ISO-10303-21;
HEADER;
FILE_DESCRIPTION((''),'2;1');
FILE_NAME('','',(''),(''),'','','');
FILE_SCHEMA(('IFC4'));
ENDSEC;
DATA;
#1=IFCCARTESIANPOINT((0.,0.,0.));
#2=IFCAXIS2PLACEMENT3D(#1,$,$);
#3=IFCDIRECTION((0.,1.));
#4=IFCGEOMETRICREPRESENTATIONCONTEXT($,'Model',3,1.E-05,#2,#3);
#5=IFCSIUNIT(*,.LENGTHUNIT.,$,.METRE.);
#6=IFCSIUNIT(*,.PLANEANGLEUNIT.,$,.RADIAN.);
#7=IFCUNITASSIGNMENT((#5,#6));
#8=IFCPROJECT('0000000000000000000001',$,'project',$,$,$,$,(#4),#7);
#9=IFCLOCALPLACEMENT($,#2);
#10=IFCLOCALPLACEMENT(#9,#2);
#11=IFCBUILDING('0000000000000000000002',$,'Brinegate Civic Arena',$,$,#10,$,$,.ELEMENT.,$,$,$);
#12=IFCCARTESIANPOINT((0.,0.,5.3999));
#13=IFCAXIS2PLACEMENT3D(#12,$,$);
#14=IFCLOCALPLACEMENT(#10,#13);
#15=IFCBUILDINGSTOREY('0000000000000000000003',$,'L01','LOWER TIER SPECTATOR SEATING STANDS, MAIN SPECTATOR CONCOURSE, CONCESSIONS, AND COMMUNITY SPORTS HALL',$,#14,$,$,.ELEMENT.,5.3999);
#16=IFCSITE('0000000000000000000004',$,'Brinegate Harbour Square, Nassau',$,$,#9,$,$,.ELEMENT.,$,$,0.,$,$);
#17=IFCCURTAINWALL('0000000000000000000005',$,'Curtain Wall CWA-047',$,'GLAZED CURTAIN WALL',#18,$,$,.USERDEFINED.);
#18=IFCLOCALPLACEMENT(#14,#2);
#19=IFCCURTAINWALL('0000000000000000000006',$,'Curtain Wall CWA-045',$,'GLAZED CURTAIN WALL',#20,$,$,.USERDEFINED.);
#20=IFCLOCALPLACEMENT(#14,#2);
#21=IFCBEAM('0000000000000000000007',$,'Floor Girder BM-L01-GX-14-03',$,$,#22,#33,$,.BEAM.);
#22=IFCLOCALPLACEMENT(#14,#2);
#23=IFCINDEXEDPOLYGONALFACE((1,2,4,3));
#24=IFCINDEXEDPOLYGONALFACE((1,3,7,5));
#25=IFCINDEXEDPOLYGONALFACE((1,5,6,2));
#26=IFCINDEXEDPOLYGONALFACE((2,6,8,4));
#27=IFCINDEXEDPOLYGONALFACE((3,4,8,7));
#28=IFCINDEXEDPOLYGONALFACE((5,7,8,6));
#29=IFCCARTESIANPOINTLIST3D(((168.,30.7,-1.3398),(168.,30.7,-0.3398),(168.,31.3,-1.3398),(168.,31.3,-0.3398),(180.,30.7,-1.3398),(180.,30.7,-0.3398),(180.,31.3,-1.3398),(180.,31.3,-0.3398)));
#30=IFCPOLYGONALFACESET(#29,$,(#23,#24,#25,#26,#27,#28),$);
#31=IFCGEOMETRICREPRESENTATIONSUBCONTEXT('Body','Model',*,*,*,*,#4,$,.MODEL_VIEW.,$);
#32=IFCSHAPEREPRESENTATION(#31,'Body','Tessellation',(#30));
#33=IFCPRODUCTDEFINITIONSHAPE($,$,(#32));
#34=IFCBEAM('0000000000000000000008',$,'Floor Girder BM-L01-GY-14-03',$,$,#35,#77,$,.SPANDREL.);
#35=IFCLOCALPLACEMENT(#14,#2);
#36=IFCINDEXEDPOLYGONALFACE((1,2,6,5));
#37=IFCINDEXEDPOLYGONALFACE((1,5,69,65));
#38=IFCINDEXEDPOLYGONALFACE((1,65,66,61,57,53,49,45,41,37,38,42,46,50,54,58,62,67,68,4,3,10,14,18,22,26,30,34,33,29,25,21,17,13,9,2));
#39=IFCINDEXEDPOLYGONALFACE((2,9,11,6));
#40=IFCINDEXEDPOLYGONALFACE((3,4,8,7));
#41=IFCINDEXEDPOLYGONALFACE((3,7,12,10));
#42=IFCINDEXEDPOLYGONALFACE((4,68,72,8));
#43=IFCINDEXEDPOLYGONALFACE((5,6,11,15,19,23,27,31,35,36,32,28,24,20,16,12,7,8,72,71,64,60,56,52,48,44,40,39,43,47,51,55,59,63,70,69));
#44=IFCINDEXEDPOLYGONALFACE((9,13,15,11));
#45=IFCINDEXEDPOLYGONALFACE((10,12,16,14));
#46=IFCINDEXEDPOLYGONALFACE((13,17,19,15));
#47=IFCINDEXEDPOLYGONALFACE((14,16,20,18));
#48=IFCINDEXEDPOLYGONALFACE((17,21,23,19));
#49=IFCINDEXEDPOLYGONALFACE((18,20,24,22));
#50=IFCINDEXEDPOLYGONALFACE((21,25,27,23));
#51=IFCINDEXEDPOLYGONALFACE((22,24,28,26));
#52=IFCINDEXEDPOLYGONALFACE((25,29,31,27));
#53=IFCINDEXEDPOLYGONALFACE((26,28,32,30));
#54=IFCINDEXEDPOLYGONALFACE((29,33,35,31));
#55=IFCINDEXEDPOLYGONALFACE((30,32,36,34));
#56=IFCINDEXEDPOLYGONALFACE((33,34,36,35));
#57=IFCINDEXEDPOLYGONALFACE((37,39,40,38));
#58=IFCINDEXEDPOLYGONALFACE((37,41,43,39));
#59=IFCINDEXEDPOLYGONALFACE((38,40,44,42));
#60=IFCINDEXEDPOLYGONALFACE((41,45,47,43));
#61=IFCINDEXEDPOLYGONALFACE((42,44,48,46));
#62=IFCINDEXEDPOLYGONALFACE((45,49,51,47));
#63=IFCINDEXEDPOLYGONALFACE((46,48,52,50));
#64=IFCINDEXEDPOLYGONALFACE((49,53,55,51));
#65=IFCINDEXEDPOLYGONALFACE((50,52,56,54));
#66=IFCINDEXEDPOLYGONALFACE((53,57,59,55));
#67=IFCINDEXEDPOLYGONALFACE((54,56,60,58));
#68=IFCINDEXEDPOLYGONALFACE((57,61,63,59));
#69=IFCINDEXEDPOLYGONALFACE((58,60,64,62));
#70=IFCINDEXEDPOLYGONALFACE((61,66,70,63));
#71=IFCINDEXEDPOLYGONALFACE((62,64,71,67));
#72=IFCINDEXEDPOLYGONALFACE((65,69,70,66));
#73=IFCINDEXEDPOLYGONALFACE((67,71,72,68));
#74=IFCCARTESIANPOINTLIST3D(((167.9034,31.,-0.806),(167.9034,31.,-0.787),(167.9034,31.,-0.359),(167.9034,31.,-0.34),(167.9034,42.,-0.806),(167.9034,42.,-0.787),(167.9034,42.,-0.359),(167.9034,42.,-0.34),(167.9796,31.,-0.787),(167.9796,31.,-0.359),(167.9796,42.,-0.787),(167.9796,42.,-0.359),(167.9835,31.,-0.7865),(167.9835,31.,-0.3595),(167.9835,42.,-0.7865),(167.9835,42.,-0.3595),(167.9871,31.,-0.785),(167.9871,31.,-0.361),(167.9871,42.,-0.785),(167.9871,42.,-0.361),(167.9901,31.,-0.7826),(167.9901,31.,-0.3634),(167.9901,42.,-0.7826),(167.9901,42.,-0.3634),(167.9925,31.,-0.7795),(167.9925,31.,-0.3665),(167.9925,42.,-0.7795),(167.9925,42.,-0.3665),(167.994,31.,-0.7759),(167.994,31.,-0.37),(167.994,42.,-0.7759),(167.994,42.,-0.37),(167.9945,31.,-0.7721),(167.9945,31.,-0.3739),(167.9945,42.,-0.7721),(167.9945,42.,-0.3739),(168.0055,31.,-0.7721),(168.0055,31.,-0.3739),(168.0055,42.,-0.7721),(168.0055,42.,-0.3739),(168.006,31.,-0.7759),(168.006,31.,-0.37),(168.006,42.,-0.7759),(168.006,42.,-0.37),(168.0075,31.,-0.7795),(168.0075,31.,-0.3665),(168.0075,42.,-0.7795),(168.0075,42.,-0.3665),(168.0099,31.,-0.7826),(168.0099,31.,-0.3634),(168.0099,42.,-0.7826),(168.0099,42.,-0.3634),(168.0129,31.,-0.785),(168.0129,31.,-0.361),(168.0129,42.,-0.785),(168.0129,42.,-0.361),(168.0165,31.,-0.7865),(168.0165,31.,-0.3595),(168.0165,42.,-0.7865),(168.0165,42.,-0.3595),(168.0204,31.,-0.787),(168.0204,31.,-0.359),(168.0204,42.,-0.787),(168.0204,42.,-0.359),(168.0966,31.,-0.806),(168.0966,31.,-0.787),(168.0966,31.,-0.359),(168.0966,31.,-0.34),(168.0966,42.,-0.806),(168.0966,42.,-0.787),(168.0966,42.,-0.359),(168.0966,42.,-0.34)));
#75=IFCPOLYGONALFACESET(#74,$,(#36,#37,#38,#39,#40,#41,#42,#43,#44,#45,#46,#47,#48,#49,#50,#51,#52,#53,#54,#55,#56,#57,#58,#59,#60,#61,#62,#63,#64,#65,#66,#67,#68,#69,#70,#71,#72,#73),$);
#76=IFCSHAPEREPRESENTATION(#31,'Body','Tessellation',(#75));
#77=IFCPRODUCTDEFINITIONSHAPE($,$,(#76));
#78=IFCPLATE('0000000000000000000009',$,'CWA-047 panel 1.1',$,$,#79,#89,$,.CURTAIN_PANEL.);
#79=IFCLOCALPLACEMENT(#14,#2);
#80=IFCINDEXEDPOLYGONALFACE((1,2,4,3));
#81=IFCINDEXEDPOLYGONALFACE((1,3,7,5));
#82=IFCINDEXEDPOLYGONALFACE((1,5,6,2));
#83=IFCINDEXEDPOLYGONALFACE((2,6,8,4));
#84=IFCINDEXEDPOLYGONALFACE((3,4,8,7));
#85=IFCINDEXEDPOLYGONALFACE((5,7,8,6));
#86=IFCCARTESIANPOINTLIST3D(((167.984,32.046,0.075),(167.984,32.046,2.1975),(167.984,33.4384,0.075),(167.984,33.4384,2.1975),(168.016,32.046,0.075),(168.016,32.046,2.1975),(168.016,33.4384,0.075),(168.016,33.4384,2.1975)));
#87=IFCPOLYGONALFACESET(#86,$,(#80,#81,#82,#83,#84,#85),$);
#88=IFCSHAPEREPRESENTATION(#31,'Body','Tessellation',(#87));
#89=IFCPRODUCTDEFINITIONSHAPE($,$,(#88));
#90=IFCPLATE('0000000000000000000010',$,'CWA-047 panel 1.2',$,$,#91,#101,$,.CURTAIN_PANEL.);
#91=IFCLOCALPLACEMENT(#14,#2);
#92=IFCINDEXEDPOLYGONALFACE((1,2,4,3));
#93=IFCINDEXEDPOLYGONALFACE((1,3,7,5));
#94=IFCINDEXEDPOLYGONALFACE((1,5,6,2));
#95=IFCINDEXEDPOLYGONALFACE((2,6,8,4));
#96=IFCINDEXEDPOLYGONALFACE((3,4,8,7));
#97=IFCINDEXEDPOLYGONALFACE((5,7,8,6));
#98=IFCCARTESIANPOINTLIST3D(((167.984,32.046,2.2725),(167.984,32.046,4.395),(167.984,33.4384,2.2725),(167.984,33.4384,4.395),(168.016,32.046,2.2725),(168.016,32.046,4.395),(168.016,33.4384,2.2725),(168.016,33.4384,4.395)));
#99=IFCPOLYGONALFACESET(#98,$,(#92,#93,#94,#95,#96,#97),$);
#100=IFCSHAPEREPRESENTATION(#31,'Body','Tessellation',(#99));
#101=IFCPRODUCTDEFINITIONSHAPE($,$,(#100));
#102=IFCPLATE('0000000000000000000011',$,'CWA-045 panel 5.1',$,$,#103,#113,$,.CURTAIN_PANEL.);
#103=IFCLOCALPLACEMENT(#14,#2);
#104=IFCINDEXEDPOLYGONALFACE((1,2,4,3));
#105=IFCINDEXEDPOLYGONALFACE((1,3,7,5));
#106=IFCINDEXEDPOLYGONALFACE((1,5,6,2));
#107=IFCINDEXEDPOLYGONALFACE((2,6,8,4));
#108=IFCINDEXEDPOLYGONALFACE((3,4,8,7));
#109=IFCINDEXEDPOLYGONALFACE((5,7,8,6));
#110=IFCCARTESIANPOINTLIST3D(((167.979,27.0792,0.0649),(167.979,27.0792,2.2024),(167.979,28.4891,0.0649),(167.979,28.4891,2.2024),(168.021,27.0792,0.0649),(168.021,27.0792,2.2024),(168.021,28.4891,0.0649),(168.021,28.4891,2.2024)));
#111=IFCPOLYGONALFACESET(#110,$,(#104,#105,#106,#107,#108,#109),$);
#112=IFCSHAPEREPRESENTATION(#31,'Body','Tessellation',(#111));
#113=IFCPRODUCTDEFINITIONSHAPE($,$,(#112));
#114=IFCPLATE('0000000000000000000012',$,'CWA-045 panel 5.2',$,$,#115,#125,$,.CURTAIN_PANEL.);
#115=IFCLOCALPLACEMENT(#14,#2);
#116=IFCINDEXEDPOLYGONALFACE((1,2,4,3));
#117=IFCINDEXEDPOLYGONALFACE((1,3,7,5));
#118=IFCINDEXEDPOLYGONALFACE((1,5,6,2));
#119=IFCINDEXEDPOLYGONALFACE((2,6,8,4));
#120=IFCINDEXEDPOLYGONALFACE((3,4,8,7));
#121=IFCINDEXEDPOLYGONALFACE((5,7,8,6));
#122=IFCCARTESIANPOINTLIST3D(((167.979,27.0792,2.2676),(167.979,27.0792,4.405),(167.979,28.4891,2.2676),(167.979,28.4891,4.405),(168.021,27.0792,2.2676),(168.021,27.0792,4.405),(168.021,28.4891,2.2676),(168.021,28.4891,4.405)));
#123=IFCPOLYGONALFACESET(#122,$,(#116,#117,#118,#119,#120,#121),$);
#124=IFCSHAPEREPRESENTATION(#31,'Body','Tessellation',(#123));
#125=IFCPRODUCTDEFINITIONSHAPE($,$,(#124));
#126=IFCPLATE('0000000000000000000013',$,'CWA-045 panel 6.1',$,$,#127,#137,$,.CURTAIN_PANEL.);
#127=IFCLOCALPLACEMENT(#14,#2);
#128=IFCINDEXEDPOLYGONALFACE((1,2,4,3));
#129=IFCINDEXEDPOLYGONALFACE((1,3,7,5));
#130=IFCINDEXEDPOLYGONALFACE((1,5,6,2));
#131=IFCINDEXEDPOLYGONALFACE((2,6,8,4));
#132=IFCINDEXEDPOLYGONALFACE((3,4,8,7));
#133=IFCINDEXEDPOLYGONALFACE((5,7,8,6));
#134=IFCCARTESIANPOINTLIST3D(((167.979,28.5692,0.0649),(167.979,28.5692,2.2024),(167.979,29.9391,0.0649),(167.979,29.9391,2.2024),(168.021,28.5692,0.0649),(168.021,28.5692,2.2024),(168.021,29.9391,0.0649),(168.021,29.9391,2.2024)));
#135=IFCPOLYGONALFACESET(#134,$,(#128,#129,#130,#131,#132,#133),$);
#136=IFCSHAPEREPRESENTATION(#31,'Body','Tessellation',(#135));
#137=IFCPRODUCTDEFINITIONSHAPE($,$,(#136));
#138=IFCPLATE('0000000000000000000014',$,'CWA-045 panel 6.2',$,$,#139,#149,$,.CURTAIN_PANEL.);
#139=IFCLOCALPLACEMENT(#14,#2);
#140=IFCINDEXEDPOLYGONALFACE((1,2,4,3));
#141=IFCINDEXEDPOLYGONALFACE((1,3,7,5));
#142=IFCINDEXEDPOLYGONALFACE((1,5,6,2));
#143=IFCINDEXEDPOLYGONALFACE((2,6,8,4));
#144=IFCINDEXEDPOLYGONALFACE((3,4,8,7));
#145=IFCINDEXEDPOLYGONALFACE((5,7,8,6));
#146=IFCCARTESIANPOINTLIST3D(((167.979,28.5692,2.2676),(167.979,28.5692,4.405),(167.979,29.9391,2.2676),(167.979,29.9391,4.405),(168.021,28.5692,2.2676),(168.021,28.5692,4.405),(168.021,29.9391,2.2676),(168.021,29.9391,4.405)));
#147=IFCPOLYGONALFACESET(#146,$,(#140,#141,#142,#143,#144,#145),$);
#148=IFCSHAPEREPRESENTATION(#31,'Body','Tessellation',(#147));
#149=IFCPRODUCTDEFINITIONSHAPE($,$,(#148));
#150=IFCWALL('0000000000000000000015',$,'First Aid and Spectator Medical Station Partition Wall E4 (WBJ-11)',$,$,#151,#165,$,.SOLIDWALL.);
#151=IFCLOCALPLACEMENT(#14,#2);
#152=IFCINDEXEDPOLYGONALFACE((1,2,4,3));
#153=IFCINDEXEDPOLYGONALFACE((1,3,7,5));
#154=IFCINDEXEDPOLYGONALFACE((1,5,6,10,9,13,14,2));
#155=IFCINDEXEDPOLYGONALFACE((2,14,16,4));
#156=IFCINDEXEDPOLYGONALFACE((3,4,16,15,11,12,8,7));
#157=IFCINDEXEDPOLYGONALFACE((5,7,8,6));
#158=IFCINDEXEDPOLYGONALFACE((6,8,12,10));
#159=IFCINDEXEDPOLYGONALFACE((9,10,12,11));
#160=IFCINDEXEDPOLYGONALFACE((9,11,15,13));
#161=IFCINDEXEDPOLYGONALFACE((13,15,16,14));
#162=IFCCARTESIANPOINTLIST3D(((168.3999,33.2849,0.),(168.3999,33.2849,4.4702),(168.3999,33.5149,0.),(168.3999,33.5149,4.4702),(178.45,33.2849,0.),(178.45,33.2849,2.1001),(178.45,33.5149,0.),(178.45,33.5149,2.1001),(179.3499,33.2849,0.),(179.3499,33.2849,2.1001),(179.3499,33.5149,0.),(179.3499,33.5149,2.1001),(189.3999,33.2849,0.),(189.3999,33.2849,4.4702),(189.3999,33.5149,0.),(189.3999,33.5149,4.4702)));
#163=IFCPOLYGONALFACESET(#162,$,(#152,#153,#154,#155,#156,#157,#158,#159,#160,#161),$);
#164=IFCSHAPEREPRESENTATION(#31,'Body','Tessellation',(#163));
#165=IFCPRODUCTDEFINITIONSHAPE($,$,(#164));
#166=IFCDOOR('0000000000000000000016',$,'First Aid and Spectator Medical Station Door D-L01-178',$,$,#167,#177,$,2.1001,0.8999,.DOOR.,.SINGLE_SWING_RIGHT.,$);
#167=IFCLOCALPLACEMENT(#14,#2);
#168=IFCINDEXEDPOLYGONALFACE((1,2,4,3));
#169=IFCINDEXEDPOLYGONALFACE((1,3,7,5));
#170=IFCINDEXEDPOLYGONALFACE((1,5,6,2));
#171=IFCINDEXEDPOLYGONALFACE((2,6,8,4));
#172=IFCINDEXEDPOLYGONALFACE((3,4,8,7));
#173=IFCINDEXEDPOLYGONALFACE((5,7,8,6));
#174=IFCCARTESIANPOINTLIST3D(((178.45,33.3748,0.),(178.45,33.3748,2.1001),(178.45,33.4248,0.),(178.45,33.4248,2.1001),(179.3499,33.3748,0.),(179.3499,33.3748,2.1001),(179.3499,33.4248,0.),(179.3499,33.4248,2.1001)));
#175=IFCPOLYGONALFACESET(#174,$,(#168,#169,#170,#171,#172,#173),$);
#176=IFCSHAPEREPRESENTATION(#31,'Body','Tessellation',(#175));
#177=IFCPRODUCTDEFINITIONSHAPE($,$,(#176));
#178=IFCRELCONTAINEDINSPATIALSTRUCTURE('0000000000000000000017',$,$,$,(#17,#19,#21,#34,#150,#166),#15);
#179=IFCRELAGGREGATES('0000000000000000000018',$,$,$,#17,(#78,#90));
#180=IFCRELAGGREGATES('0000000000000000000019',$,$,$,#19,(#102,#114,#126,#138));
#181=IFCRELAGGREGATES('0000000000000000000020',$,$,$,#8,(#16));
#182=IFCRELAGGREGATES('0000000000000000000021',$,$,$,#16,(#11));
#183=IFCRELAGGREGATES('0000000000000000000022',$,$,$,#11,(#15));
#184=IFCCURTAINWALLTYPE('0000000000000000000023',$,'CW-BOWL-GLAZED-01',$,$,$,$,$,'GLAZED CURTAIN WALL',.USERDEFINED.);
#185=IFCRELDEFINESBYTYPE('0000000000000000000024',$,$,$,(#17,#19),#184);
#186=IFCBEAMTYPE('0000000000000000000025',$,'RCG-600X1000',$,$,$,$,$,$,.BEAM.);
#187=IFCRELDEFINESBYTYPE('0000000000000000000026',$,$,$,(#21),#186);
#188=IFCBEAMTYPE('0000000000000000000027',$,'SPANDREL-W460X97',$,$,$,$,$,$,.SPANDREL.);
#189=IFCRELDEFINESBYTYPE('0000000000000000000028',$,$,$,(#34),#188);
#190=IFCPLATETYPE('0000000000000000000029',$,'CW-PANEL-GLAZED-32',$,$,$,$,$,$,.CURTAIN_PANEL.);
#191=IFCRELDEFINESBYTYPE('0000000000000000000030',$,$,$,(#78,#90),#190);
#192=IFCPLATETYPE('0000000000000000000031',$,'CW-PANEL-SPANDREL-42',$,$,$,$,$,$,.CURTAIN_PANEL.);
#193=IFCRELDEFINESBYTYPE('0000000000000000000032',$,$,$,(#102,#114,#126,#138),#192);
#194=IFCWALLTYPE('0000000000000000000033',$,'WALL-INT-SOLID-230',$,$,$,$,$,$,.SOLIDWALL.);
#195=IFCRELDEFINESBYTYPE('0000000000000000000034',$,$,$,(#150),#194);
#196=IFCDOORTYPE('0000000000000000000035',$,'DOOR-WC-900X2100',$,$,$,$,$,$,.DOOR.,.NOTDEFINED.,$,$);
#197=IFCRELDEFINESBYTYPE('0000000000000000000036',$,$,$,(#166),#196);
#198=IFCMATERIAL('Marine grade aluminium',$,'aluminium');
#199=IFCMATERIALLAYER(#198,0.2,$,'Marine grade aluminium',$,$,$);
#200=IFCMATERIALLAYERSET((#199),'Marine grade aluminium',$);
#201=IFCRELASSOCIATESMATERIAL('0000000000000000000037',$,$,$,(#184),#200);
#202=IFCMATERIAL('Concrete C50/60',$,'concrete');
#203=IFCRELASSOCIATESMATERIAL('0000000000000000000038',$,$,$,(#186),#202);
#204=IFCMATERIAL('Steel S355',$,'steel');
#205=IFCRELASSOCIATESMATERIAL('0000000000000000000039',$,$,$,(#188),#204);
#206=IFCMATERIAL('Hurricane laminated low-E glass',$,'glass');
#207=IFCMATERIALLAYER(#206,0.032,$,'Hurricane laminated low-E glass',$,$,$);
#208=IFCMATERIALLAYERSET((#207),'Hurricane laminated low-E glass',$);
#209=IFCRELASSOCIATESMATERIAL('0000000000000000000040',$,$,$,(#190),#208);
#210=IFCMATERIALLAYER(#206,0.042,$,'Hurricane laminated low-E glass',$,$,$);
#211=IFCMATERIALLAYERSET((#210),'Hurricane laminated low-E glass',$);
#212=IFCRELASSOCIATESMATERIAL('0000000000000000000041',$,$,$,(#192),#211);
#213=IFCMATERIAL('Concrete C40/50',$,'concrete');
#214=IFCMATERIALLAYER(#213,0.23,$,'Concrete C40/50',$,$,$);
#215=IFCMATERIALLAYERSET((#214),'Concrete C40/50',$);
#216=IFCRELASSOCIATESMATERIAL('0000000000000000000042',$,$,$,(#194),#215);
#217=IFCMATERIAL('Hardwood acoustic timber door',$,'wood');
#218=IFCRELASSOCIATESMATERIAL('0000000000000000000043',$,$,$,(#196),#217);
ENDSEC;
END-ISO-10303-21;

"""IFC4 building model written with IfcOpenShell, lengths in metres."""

from ifc_helpers import new_model, si_unit, direction, frame, frame_2d, origin, origin_2d, place, context, subcontext, project, spatial, rectangle, i_section, extrude, material, layer, layer_set, material_profile, profile_set, type_object, element, fill, aggregate, save


model = new_model("IFC4")

# Units and contexts
model_context = context("Model", 3, precision=1e-05, world=origin(), true_north=direction((0.0, 1.0)))
body_context = subcontext(model_context, "Body", "Model", "MODEL_VIEW")
ifc_project = project(units=[si_unit("LENGTHUNIT", "METRE"), si_unit("PLANEANGLEUNIT", "RADIAN")], contexts=[model_context])

# Site, building, storey
site_placement = place(None, origin())
site = spatial("IfcSite", under=ifc_project, at=site_placement, Name="Brinegate Harbour Square, Nassau", CompositionType="ELEMENT", RefElevation=0.0)
building_placement = place(site_placement, origin())
building = spatial("IfcBuilding", under=site, at=building_placement, Name="Brinegate Civic Arena", CompositionType="ELEMENT")
storey_placement = place(building_placement, frame((0.0, 0.0, 5.3999)))
storey = spatial("IfcBuildingStorey", under=building, at=storey_placement, Name="L01", Description="LOWER TIER SPECTATOR SEATING STANDS, MAIN SPECTATOR CONCOURSE, CONCESSIONS, AND COMMUNITY SPORTS HALL", CompositionType="ELEMENT", Elevation=5.3999)

# Shared definitions
ifc_material_1 = material(Name="Steel S355", Category="steel")

# Curtain walls
ifc_material_2 = material(Name="Marine grade aluminium", Category="aluminium")
ifc_layer_1 = layer(ifc_material_2, 0.2, Name="Marine grade aluminium")
ifc_layer_set_1 = layer_set([ifc_layer_1], Name="Marine grade aluminium")
curtain_wall_type = type_object("IfcCurtainWallType", Name="CW-BOWL-GLAZED-01", ElementType="GLAZED CURTAIN WALL", PredefinedType="USERDEFINED", material=ifc_layer_set_1)
curtain_wall_1_placement = place(storey_placement, origin())
curtain_wall_1 = element("IfcCurtainWall", 1, at=curtain_wall_1_placement, inside=storey, type_object=curtain_wall_type, Name="Curtain Wall CWA-047", ObjectType="GLAZED CURTAIN WALL", PredefinedType="USERDEFINED")
curtain_wall_2_placement = place(storey_placement, origin())
curtain_wall_2 = element("IfcCurtainWall", 2, at=curtain_wall_2_placement, inside=storey, type_object=curtain_wall_type, Name="Curtain Wall CWA-045", ObjectType="GLAZED CURTAIN WALL", PredefinedType="USERDEFINED")

# Beams
ifc_material_3 = material(Name="Concrete C50/60", Category="concrete")
ifc_material_profile_1 = material_profile(ifc_material_3, rectangle(XDim=0.6001, YDim=1.0, at=origin_2d()), Name="RCB600X1000")
ifc_profile_set_1 = profile_set([ifc_material_profile_1], Name="Concrete C50/60")
beam_type_1 = type_object("IfcBeamType", Name="RCG-600X1000", PredefinedType="BEAM", material=ifc_profile_set_1)
beam_1_placement = place(storey_placement, frame((168.0, 31.0, -0.8398), z_axis=(1.0, 0.0, 0.0), x_axis=(0.0, 1.0, 0.0)))
element("IfcBeam", 3, at=beam_1_placement, inside=storey, type_object=beam_type_1, Name="Floor Girder BM-L01-GX-14-03", PredefinedType="BEAM", context=body_context, shape_type="SweptSolid", body=[
    extrude(rectangle(XDim=0.6001, YDim=1.0, at=origin_2d()), origin(), (0.0, 0.0, 1.0), 12.0),
])
ifc_material_profile_2 = material_profile(ifc_material_1, i_section(OverallWidth=0.1931, OverallDepth=0.4661, WebThickness=0.011, FlangeThickness=0.019, FilletRadius=0.0149, at=origin_2d()), Name="W460X97")
ifc_profile_set_2 = profile_set([ifc_material_profile_2], Name="Steel S355")
beam_type_2 = type_object("IfcBeamType", Name="SPANDREL-W460X97", PredefinedType="SPANDREL", material=ifc_profile_set_2)
beam_2_placement = place(storey_placement, frame((168.0, 31.0, -0.573), z_axis=(0.0, 1.0, 0.0), x_axis=(-1.0, 0.0, 0.0)))
element("IfcBeam", 4, at=beam_2_placement, inside=storey, type_object=beam_type_2, Name="Floor Girder BM-L01-GY-14-03", PredefinedType="SPANDREL", context=body_context, shape_type="SweptSolid", body=[
    extrude(i_section(OverallWidth=0.1931, OverallDepth=0.4661, WebThickness=0.011, FlangeThickness=0.019, FilletRadius=0.0149, at=origin_2d()), origin(), (0.0, 0.0, 1.0), 11.0),
])

# Plates
ifc_material_4 = material(Name="Hurricane laminated low-E glass", Category="glass")
ifc_layer_2 = layer(ifc_material_4, 0.032, Name="Hurricane laminated low-E glass")
ifc_layer_set_2 = layer_set([ifc_layer_2], Name="Hurricane laminated low-E glass")
plate_type_1 = type_object("IfcPlateType", Name="CW-PANEL-GLAZED-32", PredefinedType="CURTAIN_PANEL", material=ifc_layer_set_2)
plate_1_placement = place(storey_placement, frame((168.0, 32.7422, 0.075), z_axis=(0.0, 0.0, 1.0), x_axis=(0.0, 1.0, 0.0)))
plate_1 = element("IfcPlate", 5, at=plate_1_placement, type_object=plate_type_1, Name="CWA-047 panel 1.1", PredefinedType="CURTAIN_PANEL", context=body_context, shape_type="SweptSolid", body=[
    extrude(rectangle(XDim=1.3923, YDim=0.032, at=origin_2d()), origin(), (0.0, 0.0, 1.0), 2.1226),
])
plate_2_placement = place(storey_placement, frame((168.0, 32.7422, 2.2725), z_axis=(0.0, 0.0, 1.0), x_axis=(0.0, 1.0, 0.0)))
plate_2 = element("IfcPlate", 6, at=plate_2_placement, type_object=plate_type_1, Name="CWA-047 panel 1.2", PredefinedType="CURTAIN_PANEL", context=body_context, shape_type="SweptSolid", body=[
    extrude(rectangle(XDim=1.3923, YDim=0.032, at=origin_2d()), origin(), (0.0, 0.0, 1.0), 2.1226),
])
aggregate(curtain_wall_1, [plate_1, plate_2])
ifc_layer_3 = layer(ifc_material_4, 0.042, Name="Hurricane laminated low-E glass")
ifc_layer_set_3 = layer_set([ifc_layer_3], Name="Hurricane laminated low-E glass")
plate_type_2 = type_object("IfcPlateType", Name="CW-PANEL-SPANDREL-42", PredefinedType="CURTAIN_PANEL", material=ifc_layer_set_3)
plate_3_placement = place(storey_placement, frame((168.0, 27.7842, 0.0649), z_axis=(0.0, 0.0, 1.0), x_axis=(0.0, 1.0, 0.0)))
plate_3 = element("IfcPlate", 7, at=plate_3_placement, type_object=plate_type_2, Name="CWA-045 panel 5.1", PredefinedType="CURTAIN_PANEL", context=body_context, shape_type="SweptSolid", body=[
    extrude(rectangle(XDim=1.4099, YDim=0.042, at=origin_2d()), origin(), (0.0, 0.0, 1.0), 2.1375),
])
plate_4_placement = place(storey_placement, frame((168.0, 27.7842, 2.2676), z_axis=(0.0, 0.0, 1.0), x_axis=(0.0, 1.0, 0.0)))
plate_4 = element("IfcPlate", 8, at=plate_4_placement, type_object=plate_type_2, Name="CWA-045 panel 5.2", PredefinedType="CURTAIN_PANEL", context=body_context, shape_type="SweptSolid", body=[
    extrude(rectangle(XDim=1.4099, YDim=0.042, at=origin_2d()), origin(), (0.0, 0.0, 1.0), 2.1375),
])
plate_5_placement = place(storey_placement, frame((168.0, 29.2542, 0.0649), z_axis=(0.0, 0.0, 1.0), x_axis=(0.0, 1.0, 0.0)))
plate_5 = element("IfcPlate", 9, at=plate_5_placement, type_object=plate_type_2, Name="CWA-045 panel 6.1", PredefinedType="CURTAIN_PANEL", context=body_context, shape_type="SweptSolid", body=[
    extrude(rectangle(XDim=1.3699, YDim=0.042, at=origin_2d()), origin(), (0.0, 0.0, 1.0), 2.1375),
])
plate_6_placement = place(storey_placement, frame((168.0, 29.2542, 2.2676), z_axis=(0.0, 0.0, 1.0), x_axis=(0.0, 1.0, 0.0)))
plate_6 = element("IfcPlate", 10, at=plate_6_placement, type_object=plate_type_2, Name="CWA-045 panel 6.2", PredefinedType="CURTAIN_PANEL", context=body_context, shape_type="SweptSolid", body=[
    extrude(rectangle(XDim=1.3699, YDim=0.042, at=origin_2d()), origin(), (0.0, 0.0, 1.0), 2.1375),
])
aggregate(curtain_wall_2, [plate_3, plate_4, plate_5, plate_6])

# Wall, opening, door
ifc_material_5 = material(Name="Concrete C40/50", Category="concrete")
ifc_layer_4 = layer(ifc_material_5, 0.23, Name="Concrete C40/50")
ifc_layer_set_4 = layer_set([ifc_layer_4], Name="Concrete C40/50")
wall_type = type_object("IfcWallType", Name="WALL-INT-SOLID-230", PredefinedType="SOLIDWALL", material=ifc_layer_set_4)
wall_placement = place(storey_placement, frame((168.3999, 33.3999, 0.0), z_axis=(0.0, 0.0, 1.0), x_axis=(1.0, 0.0, 0.0)))
wall = element("IfcWall", 11, at=wall_placement, inside=storey, type_object=wall_type, Name="First Aid and Spectator Medical Station Partition Wall E4 (WBJ-11)", PredefinedType="SOLIDWALL", context=body_context, shape_type="SweptSolid", body=[
    extrude(rectangle(XDim=21.0, YDim=0.23, at=frame_2d((10.5, 0.0))), origin(), (0.0, 0.0, 1.0), 4.4702),
])
opening_placement = place(wall_placement, frame((10.05, 0.0, 0.0)))
opening = element("IfcOpeningElement", 12, at=opening_placement, cuts=wall, PredefinedType="OPENING", context=body_context, shape_type="SweptSolid", body=[
    extrude(rectangle(XDim=0.8999, YDim=2.1001, at=frame_2d((0.45, 1.05))), frame((0.0, 0.125, 0.0), z_axis=(0.0, -1.0, 0.0), x_axis=(1.0, 0.0, 0.0)), (0.0, 0.0, 1.0), 0.25),
])
ifc_material_6 = material(Name="Hardwood acoustic timber door", Category="wood")
door_type = type_object("IfcDoorType", Name="DOOR-WC-900X2100", OperationType="NOTDEFINED", PredefinedType="DOOR", material=ifc_material_6)
door_placement = place(opening_placement, origin())
door = element("IfcDoor", 13, at=door_placement, inside=storey, type_object=door_type, Name="First Aid and Spectator Medical Station Door D-L01-178", OperationType="SINGLE_SWING_RIGHT", OverallHeight=2.1001, OverallWidth=0.8999, PredefinedType="DOOR", context=body_context, shape_type="SweptSolid", body=[
    extrude(rectangle(XDim=0.8999, YDim=2.1001, at=frame_2d((0.45, 1.05))), frame((0.0, 0.0249, 0.0), z_axis=(0.0, -1.0, 0.0), x_axis=(1.0, 0.0, 0.0)), (0.0, 0.0, 1.0), 0.05),
])
fill(opening, door)

save(model, "model.ifc")
